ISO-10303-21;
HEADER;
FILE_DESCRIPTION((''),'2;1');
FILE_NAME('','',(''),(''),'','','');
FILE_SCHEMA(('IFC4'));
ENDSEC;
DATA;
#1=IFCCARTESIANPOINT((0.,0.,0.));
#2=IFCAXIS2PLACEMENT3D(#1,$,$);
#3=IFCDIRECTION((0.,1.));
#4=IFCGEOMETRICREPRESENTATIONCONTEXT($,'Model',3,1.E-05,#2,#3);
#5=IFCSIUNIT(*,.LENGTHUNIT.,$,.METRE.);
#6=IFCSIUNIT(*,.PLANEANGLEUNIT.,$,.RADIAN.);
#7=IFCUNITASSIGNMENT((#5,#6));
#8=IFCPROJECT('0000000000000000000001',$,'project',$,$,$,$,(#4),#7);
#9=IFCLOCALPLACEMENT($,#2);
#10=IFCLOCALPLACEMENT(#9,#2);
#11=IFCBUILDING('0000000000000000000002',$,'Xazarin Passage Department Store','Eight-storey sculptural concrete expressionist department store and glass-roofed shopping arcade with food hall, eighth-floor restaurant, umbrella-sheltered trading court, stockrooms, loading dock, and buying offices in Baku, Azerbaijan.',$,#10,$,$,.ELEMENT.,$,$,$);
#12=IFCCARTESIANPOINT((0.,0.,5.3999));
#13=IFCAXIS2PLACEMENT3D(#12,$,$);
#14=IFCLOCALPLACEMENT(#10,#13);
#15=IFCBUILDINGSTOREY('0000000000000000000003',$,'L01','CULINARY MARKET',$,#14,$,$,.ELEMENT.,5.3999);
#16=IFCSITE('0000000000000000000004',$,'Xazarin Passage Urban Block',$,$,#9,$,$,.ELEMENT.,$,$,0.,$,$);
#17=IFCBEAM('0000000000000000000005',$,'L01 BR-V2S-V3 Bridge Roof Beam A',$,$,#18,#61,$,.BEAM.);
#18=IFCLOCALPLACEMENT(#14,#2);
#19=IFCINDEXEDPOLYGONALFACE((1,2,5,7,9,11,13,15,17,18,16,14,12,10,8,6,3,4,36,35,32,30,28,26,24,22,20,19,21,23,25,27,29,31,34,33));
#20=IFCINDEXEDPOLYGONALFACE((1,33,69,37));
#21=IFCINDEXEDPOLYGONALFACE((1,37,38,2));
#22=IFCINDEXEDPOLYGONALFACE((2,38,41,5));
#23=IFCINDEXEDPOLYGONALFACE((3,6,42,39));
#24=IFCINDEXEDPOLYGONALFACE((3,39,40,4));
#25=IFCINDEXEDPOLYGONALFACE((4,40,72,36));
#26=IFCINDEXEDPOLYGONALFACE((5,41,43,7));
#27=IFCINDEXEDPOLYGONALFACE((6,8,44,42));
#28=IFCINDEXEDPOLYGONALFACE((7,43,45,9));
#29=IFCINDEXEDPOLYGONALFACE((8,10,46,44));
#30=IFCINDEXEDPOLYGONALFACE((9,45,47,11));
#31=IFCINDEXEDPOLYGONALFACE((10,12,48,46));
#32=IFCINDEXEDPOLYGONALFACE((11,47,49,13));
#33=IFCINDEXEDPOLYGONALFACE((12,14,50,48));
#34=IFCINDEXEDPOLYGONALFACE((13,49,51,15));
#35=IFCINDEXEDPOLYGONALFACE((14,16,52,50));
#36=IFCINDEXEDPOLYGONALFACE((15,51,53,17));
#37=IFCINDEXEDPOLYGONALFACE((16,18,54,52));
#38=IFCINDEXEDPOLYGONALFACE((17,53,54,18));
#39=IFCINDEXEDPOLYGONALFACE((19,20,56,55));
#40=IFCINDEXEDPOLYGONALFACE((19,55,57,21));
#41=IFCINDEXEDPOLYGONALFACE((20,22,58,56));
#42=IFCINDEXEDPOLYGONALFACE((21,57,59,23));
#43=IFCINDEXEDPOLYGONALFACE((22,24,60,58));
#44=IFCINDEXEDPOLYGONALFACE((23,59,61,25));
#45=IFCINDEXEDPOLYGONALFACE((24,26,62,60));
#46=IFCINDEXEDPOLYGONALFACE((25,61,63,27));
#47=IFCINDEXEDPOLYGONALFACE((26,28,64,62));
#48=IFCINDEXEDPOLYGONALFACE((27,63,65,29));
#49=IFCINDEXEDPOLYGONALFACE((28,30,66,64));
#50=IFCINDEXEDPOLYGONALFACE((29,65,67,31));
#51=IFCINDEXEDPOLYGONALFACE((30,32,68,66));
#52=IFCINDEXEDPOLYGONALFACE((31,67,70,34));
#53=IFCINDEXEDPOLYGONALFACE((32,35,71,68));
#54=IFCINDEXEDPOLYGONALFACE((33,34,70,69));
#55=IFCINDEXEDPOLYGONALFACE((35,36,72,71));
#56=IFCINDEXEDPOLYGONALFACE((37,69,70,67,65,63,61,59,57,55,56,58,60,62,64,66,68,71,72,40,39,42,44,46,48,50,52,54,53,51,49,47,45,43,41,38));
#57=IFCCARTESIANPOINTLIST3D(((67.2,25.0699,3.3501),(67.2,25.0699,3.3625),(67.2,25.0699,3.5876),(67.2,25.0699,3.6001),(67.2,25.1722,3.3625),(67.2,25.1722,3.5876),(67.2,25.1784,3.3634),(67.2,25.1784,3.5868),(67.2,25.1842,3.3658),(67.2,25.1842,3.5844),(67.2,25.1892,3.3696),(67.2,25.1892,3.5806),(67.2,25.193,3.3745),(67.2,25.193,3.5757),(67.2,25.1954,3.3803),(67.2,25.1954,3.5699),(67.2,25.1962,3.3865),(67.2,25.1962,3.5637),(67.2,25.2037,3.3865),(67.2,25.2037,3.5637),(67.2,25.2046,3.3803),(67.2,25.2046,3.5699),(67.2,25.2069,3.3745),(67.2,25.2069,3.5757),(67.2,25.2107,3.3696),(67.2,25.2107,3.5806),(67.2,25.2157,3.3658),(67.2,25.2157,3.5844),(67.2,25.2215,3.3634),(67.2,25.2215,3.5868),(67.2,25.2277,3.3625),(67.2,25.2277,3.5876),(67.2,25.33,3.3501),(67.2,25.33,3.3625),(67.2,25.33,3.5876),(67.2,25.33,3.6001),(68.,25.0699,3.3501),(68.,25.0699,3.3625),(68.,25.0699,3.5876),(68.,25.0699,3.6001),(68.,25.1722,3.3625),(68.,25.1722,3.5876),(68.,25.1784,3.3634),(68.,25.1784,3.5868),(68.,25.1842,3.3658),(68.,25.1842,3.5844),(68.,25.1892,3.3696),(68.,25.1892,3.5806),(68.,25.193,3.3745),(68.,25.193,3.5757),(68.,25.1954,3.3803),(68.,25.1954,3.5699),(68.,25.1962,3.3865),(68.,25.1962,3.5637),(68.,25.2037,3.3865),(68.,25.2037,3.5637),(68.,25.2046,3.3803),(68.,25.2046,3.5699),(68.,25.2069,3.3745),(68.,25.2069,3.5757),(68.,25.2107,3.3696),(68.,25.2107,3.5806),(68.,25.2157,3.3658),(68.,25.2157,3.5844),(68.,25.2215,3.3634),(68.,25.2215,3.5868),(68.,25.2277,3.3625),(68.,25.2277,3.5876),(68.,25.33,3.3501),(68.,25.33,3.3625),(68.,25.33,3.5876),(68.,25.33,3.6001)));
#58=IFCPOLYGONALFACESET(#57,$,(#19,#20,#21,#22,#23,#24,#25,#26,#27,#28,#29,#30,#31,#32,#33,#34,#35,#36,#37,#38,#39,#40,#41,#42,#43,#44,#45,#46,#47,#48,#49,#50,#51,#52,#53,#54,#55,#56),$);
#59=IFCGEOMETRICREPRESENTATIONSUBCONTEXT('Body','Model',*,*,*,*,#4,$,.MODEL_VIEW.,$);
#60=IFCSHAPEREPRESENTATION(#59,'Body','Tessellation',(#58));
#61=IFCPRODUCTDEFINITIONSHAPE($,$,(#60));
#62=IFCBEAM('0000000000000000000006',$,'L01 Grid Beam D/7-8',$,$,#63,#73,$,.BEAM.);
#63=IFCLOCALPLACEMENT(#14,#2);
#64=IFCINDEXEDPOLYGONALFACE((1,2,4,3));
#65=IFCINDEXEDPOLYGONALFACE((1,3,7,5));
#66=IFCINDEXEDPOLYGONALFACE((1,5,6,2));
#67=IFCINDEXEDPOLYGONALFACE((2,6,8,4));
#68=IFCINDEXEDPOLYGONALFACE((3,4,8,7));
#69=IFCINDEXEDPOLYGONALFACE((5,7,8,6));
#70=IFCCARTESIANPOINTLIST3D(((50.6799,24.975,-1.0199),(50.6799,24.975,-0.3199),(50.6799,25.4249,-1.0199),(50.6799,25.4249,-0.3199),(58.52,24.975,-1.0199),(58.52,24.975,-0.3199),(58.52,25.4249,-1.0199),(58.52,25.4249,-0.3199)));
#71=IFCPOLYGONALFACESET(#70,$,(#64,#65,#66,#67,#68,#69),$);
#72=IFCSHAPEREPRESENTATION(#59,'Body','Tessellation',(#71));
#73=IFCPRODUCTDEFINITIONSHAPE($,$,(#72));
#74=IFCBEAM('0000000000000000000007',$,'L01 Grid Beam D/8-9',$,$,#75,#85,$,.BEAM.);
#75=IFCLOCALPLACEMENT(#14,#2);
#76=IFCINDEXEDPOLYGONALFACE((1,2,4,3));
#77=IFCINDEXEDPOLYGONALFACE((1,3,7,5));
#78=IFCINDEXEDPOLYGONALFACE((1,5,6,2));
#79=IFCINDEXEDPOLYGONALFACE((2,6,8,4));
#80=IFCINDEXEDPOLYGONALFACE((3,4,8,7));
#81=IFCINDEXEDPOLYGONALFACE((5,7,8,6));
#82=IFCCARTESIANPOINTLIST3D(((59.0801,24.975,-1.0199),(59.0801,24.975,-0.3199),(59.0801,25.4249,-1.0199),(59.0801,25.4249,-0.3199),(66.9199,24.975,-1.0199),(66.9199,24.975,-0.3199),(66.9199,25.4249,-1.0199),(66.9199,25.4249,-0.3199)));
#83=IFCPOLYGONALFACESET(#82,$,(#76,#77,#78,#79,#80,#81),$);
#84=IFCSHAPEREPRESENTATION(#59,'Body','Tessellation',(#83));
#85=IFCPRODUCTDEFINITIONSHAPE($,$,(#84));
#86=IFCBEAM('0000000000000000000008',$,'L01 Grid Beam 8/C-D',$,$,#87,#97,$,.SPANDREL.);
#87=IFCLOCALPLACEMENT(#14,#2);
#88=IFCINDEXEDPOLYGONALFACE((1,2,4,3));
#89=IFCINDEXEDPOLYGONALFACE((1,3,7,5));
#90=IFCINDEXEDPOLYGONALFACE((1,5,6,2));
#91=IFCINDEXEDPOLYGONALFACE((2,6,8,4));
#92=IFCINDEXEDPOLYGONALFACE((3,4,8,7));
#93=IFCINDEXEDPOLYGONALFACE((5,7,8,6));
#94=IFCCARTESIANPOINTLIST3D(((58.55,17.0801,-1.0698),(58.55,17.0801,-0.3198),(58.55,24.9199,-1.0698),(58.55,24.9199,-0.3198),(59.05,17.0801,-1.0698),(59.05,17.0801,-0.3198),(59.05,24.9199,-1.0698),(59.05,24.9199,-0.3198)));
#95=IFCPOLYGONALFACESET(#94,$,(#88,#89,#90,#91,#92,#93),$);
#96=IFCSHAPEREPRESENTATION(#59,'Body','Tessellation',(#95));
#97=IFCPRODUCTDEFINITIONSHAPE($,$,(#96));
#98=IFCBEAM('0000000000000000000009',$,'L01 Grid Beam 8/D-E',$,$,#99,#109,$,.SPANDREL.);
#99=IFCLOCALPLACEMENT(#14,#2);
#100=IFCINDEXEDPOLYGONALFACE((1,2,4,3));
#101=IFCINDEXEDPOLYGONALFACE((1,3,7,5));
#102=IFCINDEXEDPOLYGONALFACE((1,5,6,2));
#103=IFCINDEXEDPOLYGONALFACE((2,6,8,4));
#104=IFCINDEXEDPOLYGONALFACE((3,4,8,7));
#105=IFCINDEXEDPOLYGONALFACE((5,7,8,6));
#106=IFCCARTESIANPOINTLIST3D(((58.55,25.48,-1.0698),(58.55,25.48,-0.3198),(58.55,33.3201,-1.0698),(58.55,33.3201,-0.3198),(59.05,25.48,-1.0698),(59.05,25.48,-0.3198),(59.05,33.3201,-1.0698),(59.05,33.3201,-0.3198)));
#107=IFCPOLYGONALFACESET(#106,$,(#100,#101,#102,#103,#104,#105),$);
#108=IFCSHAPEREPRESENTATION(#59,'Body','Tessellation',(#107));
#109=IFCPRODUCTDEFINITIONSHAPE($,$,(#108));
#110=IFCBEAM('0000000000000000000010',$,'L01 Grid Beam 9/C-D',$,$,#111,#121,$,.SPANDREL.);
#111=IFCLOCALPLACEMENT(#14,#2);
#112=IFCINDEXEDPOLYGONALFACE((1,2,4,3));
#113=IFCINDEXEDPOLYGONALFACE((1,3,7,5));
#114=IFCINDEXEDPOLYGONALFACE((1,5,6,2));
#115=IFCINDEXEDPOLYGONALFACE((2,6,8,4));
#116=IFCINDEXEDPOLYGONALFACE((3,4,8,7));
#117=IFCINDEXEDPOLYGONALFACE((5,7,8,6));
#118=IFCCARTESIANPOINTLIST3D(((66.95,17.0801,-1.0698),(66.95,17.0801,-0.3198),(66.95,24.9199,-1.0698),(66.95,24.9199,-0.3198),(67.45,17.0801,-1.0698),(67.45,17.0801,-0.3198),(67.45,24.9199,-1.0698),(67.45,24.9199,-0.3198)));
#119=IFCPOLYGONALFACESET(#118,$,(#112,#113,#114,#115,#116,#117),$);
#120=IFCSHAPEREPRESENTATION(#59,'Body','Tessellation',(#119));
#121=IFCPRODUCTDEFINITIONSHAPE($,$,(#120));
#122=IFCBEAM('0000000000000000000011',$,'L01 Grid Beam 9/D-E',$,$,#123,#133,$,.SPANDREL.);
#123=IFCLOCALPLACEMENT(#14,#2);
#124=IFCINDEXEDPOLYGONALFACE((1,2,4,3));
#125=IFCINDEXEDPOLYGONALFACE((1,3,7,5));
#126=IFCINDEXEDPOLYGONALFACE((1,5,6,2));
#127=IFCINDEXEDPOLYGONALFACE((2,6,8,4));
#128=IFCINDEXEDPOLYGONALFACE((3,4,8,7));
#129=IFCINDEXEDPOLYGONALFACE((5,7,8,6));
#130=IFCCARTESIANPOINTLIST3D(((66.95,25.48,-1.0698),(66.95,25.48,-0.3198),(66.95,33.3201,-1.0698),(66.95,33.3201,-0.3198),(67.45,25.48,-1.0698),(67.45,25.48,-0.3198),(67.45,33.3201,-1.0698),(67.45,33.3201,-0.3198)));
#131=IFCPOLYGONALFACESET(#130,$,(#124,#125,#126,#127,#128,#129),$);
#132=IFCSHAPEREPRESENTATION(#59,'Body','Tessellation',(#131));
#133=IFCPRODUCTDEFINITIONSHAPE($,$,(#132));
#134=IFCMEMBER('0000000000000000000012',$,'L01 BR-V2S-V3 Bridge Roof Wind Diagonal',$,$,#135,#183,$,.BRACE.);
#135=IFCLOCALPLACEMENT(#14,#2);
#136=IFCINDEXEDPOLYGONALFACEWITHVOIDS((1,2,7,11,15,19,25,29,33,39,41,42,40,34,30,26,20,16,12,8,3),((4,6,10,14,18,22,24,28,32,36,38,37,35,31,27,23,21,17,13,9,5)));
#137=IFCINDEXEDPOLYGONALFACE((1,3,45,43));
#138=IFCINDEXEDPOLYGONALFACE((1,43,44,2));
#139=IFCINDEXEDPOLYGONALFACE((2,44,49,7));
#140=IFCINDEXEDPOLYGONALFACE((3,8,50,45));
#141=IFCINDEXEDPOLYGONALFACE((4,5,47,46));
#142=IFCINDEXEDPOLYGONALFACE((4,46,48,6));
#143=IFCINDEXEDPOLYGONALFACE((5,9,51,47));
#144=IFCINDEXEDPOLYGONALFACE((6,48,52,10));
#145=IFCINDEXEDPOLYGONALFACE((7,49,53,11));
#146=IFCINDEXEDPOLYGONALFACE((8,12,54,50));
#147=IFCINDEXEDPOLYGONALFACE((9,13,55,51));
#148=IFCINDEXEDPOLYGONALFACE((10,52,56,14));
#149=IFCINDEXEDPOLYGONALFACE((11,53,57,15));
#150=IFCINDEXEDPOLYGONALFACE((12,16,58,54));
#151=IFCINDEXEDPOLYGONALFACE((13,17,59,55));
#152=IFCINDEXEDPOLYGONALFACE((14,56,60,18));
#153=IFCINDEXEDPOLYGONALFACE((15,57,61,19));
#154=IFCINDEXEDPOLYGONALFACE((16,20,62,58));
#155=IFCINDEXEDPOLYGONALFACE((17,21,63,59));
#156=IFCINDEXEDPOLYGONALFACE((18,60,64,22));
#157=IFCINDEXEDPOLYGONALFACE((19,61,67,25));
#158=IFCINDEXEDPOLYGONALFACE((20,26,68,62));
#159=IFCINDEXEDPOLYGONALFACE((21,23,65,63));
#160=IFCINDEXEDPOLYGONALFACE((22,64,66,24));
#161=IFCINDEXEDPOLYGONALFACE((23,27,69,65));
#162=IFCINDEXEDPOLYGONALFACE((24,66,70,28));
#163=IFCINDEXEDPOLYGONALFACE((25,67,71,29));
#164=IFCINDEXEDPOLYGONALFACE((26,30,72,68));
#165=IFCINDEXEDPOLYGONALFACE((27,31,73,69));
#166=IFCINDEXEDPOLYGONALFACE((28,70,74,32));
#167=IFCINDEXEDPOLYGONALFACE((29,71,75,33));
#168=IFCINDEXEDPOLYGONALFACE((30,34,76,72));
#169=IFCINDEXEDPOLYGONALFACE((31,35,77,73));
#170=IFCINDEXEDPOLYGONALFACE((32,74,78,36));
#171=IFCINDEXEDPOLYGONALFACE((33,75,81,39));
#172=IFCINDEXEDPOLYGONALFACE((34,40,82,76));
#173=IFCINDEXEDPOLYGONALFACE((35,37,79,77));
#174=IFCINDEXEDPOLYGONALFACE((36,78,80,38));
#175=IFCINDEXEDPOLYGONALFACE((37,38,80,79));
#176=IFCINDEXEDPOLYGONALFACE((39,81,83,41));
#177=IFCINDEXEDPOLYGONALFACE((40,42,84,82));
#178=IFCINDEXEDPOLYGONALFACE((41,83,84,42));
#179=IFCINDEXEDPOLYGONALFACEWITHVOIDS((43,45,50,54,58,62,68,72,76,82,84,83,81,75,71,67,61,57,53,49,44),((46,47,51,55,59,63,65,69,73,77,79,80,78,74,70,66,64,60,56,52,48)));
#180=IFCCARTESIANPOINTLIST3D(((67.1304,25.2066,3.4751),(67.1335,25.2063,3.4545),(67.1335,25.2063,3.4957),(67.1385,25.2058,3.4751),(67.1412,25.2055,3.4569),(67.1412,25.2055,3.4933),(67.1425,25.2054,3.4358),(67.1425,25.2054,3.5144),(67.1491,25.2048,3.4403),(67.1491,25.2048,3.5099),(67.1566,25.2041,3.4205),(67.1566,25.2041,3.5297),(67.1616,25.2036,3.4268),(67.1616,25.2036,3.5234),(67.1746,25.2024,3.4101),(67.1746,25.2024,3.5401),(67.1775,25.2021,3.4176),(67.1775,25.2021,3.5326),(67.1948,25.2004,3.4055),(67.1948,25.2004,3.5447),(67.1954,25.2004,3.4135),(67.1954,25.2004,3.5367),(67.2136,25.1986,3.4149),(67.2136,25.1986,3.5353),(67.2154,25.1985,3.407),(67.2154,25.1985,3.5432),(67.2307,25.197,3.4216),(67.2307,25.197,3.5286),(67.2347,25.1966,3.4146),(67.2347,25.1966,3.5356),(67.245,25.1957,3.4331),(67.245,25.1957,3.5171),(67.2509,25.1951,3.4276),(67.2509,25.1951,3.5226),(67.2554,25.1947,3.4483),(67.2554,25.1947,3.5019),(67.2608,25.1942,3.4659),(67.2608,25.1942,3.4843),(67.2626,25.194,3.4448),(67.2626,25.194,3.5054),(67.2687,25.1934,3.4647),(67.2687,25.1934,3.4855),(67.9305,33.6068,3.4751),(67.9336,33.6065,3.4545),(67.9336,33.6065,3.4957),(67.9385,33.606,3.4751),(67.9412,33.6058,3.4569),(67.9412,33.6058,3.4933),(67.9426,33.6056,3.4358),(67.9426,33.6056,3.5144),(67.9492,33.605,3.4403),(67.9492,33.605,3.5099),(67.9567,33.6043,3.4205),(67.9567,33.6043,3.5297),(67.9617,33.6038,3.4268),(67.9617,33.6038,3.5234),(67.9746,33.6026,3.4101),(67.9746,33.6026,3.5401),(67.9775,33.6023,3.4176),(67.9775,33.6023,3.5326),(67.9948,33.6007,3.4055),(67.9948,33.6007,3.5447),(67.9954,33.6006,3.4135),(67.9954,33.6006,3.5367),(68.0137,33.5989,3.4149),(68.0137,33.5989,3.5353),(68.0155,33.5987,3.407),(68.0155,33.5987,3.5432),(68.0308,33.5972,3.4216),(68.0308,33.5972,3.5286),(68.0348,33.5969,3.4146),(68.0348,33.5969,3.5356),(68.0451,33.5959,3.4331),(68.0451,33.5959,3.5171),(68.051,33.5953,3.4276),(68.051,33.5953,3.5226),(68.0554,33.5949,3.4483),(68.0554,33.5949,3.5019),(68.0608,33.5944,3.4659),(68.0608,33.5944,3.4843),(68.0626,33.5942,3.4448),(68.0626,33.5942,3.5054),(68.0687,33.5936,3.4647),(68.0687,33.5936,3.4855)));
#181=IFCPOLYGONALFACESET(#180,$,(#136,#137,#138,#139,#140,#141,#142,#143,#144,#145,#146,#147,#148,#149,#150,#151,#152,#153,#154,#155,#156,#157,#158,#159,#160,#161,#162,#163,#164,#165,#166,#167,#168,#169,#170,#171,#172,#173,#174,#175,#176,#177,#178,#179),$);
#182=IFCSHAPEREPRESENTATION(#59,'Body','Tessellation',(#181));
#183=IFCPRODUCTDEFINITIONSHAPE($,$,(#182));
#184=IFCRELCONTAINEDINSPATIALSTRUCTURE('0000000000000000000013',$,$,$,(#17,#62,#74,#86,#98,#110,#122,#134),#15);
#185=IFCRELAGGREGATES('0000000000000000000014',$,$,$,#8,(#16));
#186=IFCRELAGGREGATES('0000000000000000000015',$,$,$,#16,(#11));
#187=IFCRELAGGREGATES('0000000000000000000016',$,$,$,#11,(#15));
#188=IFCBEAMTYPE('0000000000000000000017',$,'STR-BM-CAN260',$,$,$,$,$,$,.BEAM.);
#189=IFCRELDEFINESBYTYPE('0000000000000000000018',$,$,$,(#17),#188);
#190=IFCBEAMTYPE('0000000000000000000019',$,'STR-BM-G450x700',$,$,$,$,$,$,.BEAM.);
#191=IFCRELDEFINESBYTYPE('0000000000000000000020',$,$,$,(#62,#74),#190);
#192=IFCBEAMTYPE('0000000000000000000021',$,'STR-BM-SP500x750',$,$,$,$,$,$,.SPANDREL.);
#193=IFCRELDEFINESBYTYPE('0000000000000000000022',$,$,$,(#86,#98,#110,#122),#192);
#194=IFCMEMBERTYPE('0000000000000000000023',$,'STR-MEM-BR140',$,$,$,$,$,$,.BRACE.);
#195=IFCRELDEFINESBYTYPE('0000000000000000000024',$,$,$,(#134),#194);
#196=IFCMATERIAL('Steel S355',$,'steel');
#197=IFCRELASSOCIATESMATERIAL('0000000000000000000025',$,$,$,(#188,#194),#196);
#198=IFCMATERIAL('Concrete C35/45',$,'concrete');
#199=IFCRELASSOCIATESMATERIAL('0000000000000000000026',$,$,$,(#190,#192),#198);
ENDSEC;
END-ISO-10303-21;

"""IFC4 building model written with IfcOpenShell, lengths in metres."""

from ifc_helpers import new_model, si_unit, direction, frame, origin, origin_2d, place, context, subcontext, project, spatial, rectangle, hollow_circle, i_section, extrude, material, material_profile, profile_set, type_object, element, save


model = new_model("IFC4")

# Units and contexts
model_context = context("Model", 3, precision=1e-05, world=origin(), true_north=direction((0.0, 1.0)))
body_context = subcontext(model_context, "Body", "Model", "MODEL_VIEW")
ifc_project = project(units=[si_unit("LENGTHUNIT", "METRE"), si_unit("PLANEANGLEUNIT", "RADIAN")], contexts=[model_context])

# Site, building, storey
site_placement = place(None, origin())
site = spatial("IfcSite", under=ifc_project, at=site_placement, Name="Xazarin Passage Urban Block", CompositionType="ELEMENT", RefElevation=0.0)
building_placement = place(site_placement, origin())
building = spatial("IfcBuilding", under=site, at=building_placement, Name="Xazarin Passage Department Store", Description="Eight-storey sculptural concrete expressionist department store and glass-roofed shopping arcade with food hall, eighth-floor restaurant, umbrella-sheltered trading court, stockrooms, loading dock, and buying offices in Baku, Azerbaijan.", CompositionType="ELEMENT")
storey_placement = place(building_placement, frame((0.0, 0.0, 5.3999)))
storey = spatial("IfcBuildingStorey", under=building, at=storey_placement, Name="L01", Description="CULINARY MARKET", CompositionType="ELEMENT", Elevation=5.3999)

# Beams
ifc_material_1 = material(Name="Steel S355", Category="steel")
ifc_material_profile_1 = material_profile(ifc_material_1, i_section(OverallWidth=0.26, OverallDepth=0.25, WebThickness=0.0076, FlangeThickness=0.0125, FilletRadius=0.0239, at=origin_2d()), Name="HEA 260")
ifc_profile_set_1 = profile_set([ifc_material_profile_1], Name="Steel S355")
beam_type_1 = type_object("IfcBeamType", Name="STR-BM-CAN260", PredefinedType="BEAM", material=ifc_profile_set_1)
beam_1_placement = place(storey_placement, frame((67.2, 25.2, 3.4751), z_axis=(1.0, 0.0, 0.0), x_axis=(0.0, 1.0, 0.0)))
element("IfcBeam", 1, at=beam_1_placement, inside=storey, type_object=beam_type_1, Name="L01 BR-V2S-V3 Bridge Roof Beam A", PredefinedType="BEAM", context=body_context, shape_type="SweptSolid", body=[
    extrude(i_section(OverallWidth=0.26, OverallDepth=0.25, WebThickness=0.0076, FlangeThickness=0.0125, FilletRadius=0.0239, at=origin_2d()), origin(), (0.0, 0.0, 1.0), 0.8),
])
ifc_material_2 = material(Name="Concrete C35/45", Category="concrete")
ifc_material_profile_2 = material_profile(ifc_material_2, rectangle(XDim=0.45, YDim=0.7, at=origin_2d()), Name="RC 450x700")
ifc_profile_set_2 = profile_set([ifc_material_profile_2], Name="Concrete C35/45")
beam_type_2 = type_object("IfcBeamType", Name="STR-BM-G450x700", PredefinedType="BEAM", material=ifc_profile_set_2)
beam_2_placement = place(storey_placement, frame((50.6799, 25.2, -0.6699), z_axis=(1.0, 0.0, 0.0), x_axis=(0.0, 1.0, 0.0)))
element("IfcBeam", 2, at=beam_2_placement, inside=storey, type_object=beam_type_2, Name="L01 Grid Beam D/7-8", PredefinedType="BEAM", context=body_context, shape_type="SweptSolid", body=[
    extrude(rectangle(XDim=0.45, YDim=0.7, at=origin_2d()), origin(), (0.0, 0.0, 1.0), 7.8401),
])
beam_3_placement = place(storey_placement, frame((59.0801, 25.2, -0.6699), z_axis=(1.0, 0.0, 0.0), x_axis=(0.0, 1.0, 0.0)))
element("IfcBeam", 3, at=beam_3_placement, inside=storey, type_object=beam_type_2, Name="L01 Grid Beam D/8-9", PredefinedType="BEAM", context=body_context, shape_type="SweptSolid", body=[
    extrude(rectangle(XDim=0.45, YDim=0.7, at=origin_2d()), origin(), (0.0, 0.0, 1.0), 7.8398),
])
ifc_material_profile_3 = material_profile(ifc_material_2, rectangle(XDim=0.5, YDim=0.75, at=origin_2d()), Name="RC 500x750")
ifc_profile_set_3 = profile_set([ifc_material_profile_3], Name="Concrete C35/45")
beam_type_3 = type_object("IfcBeamType", Name="STR-BM-SP500x750", PredefinedType="SPANDREL", material=ifc_profile_set_3)
beam_4_placement = place(storey_placement, frame((58.8, 17.0801, -0.6948), z_axis=(0.0, 1.0, 0.0), x_axis=(-1.0, 0.0, 0.0)))
element("IfcBeam", 4, at=beam_4_placement, inside=storey, type_object=beam_type_3, Name="L01 Grid Beam 8/C-D", PredefinedType="SPANDREL", context=body_context, shape_type="SweptSolid", body=[
    extrude(rectangle(XDim=0.5, YDim=0.75, at=origin_2d()), origin(), (0.0, 0.0, 1.0), 7.8398),
])
beam_5_placement = place(storey_placement, frame((58.8, 25.48, -0.6948), z_axis=(0.0, 1.0, 0.0), x_axis=(-1.0, 0.0, 0.0)))
element("IfcBeam", 5, at=beam_5_placement, inside=storey, type_object=beam_type_3, Name="L01 Grid Beam 8/D-E", PredefinedType="SPANDREL", context=body_context, shape_type="SweptSolid", body=[
    extrude(rectangle(XDim=0.5, YDim=0.75, at=origin_2d()), origin(), (0.0, 0.0, 1.0), 7.8401),
])
beam_6_placement = place(storey_placement, frame((67.2, 17.0801, -0.6948), z_axis=(0.0, 1.0, 0.0), x_axis=(-1.0, 0.0, 0.0)))
element("IfcBeam", 6, at=beam_6_placement, inside=storey, type_object=beam_type_3, Name="L01 Grid Beam 9/C-D", PredefinedType="SPANDREL", context=body_context, shape_type="SweptSolid", body=[
    extrude(rectangle(XDim=0.5, YDim=0.75, at=origin_2d()), origin(), (0.0, 0.0, 1.0), 7.8398),
])
beam_7_placement = place(storey_placement, frame((67.2, 25.48, -0.6948), z_axis=(0.0, 1.0, 0.0), x_axis=(-1.0, 0.0, 0.0)))
element("IfcBeam", 7, at=beam_7_placement, inside=storey, type_object=beam_type_3, Name="L01 Grid Beam 9/D-E", PredefinedType="SPANDREL", context=body_context, shape_type="SweptSolid", body=[
    extrude(rectangle(XDim=0.5, YDim=0.75, at=origin_2d()), origin(), (0.0, 0.0, 1.0), 7.8401),
])

# Member
ifc_material_profile_4 = material_profile(ifc_material_1, hollow_circle(Radius=0.0698, WallThickness=0.0081, at=origin_2d()), Name="CHS 139.7x8")
ifc_profile_set_4 = profile_set([ifc_material_profile_4], Name="Steel S355")
member_type_1 = type_object("IfcMemberType", Name="STR-MEM-BR140", PredefinedType="BRACE", material=ifc_profile_set_4)
member_1_placement = place(storey_placement, frame((67.2, 25.2, 3.4751), z_axis=(0.094813, 0.995495, 0.0), x_axis=(-0.995495, 0.094813, 0.0)))
element("IfcMember", 8, at=member_1_placement, inside=storey, type_object=member_type_1, Name="L01 BR-V2S-V3 Bridge Roof Wind Diagonal", PredefinedType="BRACE", context=body_context, shape_type="SweptSolid", body=[
    extrude(hollow_circle(Radius=0.0698, WallThickness=0.0081, at=origin_2d()), origin(), (0.0, 0.0, 1.0), 8.4382),
])

save(model, "model.ifc")
